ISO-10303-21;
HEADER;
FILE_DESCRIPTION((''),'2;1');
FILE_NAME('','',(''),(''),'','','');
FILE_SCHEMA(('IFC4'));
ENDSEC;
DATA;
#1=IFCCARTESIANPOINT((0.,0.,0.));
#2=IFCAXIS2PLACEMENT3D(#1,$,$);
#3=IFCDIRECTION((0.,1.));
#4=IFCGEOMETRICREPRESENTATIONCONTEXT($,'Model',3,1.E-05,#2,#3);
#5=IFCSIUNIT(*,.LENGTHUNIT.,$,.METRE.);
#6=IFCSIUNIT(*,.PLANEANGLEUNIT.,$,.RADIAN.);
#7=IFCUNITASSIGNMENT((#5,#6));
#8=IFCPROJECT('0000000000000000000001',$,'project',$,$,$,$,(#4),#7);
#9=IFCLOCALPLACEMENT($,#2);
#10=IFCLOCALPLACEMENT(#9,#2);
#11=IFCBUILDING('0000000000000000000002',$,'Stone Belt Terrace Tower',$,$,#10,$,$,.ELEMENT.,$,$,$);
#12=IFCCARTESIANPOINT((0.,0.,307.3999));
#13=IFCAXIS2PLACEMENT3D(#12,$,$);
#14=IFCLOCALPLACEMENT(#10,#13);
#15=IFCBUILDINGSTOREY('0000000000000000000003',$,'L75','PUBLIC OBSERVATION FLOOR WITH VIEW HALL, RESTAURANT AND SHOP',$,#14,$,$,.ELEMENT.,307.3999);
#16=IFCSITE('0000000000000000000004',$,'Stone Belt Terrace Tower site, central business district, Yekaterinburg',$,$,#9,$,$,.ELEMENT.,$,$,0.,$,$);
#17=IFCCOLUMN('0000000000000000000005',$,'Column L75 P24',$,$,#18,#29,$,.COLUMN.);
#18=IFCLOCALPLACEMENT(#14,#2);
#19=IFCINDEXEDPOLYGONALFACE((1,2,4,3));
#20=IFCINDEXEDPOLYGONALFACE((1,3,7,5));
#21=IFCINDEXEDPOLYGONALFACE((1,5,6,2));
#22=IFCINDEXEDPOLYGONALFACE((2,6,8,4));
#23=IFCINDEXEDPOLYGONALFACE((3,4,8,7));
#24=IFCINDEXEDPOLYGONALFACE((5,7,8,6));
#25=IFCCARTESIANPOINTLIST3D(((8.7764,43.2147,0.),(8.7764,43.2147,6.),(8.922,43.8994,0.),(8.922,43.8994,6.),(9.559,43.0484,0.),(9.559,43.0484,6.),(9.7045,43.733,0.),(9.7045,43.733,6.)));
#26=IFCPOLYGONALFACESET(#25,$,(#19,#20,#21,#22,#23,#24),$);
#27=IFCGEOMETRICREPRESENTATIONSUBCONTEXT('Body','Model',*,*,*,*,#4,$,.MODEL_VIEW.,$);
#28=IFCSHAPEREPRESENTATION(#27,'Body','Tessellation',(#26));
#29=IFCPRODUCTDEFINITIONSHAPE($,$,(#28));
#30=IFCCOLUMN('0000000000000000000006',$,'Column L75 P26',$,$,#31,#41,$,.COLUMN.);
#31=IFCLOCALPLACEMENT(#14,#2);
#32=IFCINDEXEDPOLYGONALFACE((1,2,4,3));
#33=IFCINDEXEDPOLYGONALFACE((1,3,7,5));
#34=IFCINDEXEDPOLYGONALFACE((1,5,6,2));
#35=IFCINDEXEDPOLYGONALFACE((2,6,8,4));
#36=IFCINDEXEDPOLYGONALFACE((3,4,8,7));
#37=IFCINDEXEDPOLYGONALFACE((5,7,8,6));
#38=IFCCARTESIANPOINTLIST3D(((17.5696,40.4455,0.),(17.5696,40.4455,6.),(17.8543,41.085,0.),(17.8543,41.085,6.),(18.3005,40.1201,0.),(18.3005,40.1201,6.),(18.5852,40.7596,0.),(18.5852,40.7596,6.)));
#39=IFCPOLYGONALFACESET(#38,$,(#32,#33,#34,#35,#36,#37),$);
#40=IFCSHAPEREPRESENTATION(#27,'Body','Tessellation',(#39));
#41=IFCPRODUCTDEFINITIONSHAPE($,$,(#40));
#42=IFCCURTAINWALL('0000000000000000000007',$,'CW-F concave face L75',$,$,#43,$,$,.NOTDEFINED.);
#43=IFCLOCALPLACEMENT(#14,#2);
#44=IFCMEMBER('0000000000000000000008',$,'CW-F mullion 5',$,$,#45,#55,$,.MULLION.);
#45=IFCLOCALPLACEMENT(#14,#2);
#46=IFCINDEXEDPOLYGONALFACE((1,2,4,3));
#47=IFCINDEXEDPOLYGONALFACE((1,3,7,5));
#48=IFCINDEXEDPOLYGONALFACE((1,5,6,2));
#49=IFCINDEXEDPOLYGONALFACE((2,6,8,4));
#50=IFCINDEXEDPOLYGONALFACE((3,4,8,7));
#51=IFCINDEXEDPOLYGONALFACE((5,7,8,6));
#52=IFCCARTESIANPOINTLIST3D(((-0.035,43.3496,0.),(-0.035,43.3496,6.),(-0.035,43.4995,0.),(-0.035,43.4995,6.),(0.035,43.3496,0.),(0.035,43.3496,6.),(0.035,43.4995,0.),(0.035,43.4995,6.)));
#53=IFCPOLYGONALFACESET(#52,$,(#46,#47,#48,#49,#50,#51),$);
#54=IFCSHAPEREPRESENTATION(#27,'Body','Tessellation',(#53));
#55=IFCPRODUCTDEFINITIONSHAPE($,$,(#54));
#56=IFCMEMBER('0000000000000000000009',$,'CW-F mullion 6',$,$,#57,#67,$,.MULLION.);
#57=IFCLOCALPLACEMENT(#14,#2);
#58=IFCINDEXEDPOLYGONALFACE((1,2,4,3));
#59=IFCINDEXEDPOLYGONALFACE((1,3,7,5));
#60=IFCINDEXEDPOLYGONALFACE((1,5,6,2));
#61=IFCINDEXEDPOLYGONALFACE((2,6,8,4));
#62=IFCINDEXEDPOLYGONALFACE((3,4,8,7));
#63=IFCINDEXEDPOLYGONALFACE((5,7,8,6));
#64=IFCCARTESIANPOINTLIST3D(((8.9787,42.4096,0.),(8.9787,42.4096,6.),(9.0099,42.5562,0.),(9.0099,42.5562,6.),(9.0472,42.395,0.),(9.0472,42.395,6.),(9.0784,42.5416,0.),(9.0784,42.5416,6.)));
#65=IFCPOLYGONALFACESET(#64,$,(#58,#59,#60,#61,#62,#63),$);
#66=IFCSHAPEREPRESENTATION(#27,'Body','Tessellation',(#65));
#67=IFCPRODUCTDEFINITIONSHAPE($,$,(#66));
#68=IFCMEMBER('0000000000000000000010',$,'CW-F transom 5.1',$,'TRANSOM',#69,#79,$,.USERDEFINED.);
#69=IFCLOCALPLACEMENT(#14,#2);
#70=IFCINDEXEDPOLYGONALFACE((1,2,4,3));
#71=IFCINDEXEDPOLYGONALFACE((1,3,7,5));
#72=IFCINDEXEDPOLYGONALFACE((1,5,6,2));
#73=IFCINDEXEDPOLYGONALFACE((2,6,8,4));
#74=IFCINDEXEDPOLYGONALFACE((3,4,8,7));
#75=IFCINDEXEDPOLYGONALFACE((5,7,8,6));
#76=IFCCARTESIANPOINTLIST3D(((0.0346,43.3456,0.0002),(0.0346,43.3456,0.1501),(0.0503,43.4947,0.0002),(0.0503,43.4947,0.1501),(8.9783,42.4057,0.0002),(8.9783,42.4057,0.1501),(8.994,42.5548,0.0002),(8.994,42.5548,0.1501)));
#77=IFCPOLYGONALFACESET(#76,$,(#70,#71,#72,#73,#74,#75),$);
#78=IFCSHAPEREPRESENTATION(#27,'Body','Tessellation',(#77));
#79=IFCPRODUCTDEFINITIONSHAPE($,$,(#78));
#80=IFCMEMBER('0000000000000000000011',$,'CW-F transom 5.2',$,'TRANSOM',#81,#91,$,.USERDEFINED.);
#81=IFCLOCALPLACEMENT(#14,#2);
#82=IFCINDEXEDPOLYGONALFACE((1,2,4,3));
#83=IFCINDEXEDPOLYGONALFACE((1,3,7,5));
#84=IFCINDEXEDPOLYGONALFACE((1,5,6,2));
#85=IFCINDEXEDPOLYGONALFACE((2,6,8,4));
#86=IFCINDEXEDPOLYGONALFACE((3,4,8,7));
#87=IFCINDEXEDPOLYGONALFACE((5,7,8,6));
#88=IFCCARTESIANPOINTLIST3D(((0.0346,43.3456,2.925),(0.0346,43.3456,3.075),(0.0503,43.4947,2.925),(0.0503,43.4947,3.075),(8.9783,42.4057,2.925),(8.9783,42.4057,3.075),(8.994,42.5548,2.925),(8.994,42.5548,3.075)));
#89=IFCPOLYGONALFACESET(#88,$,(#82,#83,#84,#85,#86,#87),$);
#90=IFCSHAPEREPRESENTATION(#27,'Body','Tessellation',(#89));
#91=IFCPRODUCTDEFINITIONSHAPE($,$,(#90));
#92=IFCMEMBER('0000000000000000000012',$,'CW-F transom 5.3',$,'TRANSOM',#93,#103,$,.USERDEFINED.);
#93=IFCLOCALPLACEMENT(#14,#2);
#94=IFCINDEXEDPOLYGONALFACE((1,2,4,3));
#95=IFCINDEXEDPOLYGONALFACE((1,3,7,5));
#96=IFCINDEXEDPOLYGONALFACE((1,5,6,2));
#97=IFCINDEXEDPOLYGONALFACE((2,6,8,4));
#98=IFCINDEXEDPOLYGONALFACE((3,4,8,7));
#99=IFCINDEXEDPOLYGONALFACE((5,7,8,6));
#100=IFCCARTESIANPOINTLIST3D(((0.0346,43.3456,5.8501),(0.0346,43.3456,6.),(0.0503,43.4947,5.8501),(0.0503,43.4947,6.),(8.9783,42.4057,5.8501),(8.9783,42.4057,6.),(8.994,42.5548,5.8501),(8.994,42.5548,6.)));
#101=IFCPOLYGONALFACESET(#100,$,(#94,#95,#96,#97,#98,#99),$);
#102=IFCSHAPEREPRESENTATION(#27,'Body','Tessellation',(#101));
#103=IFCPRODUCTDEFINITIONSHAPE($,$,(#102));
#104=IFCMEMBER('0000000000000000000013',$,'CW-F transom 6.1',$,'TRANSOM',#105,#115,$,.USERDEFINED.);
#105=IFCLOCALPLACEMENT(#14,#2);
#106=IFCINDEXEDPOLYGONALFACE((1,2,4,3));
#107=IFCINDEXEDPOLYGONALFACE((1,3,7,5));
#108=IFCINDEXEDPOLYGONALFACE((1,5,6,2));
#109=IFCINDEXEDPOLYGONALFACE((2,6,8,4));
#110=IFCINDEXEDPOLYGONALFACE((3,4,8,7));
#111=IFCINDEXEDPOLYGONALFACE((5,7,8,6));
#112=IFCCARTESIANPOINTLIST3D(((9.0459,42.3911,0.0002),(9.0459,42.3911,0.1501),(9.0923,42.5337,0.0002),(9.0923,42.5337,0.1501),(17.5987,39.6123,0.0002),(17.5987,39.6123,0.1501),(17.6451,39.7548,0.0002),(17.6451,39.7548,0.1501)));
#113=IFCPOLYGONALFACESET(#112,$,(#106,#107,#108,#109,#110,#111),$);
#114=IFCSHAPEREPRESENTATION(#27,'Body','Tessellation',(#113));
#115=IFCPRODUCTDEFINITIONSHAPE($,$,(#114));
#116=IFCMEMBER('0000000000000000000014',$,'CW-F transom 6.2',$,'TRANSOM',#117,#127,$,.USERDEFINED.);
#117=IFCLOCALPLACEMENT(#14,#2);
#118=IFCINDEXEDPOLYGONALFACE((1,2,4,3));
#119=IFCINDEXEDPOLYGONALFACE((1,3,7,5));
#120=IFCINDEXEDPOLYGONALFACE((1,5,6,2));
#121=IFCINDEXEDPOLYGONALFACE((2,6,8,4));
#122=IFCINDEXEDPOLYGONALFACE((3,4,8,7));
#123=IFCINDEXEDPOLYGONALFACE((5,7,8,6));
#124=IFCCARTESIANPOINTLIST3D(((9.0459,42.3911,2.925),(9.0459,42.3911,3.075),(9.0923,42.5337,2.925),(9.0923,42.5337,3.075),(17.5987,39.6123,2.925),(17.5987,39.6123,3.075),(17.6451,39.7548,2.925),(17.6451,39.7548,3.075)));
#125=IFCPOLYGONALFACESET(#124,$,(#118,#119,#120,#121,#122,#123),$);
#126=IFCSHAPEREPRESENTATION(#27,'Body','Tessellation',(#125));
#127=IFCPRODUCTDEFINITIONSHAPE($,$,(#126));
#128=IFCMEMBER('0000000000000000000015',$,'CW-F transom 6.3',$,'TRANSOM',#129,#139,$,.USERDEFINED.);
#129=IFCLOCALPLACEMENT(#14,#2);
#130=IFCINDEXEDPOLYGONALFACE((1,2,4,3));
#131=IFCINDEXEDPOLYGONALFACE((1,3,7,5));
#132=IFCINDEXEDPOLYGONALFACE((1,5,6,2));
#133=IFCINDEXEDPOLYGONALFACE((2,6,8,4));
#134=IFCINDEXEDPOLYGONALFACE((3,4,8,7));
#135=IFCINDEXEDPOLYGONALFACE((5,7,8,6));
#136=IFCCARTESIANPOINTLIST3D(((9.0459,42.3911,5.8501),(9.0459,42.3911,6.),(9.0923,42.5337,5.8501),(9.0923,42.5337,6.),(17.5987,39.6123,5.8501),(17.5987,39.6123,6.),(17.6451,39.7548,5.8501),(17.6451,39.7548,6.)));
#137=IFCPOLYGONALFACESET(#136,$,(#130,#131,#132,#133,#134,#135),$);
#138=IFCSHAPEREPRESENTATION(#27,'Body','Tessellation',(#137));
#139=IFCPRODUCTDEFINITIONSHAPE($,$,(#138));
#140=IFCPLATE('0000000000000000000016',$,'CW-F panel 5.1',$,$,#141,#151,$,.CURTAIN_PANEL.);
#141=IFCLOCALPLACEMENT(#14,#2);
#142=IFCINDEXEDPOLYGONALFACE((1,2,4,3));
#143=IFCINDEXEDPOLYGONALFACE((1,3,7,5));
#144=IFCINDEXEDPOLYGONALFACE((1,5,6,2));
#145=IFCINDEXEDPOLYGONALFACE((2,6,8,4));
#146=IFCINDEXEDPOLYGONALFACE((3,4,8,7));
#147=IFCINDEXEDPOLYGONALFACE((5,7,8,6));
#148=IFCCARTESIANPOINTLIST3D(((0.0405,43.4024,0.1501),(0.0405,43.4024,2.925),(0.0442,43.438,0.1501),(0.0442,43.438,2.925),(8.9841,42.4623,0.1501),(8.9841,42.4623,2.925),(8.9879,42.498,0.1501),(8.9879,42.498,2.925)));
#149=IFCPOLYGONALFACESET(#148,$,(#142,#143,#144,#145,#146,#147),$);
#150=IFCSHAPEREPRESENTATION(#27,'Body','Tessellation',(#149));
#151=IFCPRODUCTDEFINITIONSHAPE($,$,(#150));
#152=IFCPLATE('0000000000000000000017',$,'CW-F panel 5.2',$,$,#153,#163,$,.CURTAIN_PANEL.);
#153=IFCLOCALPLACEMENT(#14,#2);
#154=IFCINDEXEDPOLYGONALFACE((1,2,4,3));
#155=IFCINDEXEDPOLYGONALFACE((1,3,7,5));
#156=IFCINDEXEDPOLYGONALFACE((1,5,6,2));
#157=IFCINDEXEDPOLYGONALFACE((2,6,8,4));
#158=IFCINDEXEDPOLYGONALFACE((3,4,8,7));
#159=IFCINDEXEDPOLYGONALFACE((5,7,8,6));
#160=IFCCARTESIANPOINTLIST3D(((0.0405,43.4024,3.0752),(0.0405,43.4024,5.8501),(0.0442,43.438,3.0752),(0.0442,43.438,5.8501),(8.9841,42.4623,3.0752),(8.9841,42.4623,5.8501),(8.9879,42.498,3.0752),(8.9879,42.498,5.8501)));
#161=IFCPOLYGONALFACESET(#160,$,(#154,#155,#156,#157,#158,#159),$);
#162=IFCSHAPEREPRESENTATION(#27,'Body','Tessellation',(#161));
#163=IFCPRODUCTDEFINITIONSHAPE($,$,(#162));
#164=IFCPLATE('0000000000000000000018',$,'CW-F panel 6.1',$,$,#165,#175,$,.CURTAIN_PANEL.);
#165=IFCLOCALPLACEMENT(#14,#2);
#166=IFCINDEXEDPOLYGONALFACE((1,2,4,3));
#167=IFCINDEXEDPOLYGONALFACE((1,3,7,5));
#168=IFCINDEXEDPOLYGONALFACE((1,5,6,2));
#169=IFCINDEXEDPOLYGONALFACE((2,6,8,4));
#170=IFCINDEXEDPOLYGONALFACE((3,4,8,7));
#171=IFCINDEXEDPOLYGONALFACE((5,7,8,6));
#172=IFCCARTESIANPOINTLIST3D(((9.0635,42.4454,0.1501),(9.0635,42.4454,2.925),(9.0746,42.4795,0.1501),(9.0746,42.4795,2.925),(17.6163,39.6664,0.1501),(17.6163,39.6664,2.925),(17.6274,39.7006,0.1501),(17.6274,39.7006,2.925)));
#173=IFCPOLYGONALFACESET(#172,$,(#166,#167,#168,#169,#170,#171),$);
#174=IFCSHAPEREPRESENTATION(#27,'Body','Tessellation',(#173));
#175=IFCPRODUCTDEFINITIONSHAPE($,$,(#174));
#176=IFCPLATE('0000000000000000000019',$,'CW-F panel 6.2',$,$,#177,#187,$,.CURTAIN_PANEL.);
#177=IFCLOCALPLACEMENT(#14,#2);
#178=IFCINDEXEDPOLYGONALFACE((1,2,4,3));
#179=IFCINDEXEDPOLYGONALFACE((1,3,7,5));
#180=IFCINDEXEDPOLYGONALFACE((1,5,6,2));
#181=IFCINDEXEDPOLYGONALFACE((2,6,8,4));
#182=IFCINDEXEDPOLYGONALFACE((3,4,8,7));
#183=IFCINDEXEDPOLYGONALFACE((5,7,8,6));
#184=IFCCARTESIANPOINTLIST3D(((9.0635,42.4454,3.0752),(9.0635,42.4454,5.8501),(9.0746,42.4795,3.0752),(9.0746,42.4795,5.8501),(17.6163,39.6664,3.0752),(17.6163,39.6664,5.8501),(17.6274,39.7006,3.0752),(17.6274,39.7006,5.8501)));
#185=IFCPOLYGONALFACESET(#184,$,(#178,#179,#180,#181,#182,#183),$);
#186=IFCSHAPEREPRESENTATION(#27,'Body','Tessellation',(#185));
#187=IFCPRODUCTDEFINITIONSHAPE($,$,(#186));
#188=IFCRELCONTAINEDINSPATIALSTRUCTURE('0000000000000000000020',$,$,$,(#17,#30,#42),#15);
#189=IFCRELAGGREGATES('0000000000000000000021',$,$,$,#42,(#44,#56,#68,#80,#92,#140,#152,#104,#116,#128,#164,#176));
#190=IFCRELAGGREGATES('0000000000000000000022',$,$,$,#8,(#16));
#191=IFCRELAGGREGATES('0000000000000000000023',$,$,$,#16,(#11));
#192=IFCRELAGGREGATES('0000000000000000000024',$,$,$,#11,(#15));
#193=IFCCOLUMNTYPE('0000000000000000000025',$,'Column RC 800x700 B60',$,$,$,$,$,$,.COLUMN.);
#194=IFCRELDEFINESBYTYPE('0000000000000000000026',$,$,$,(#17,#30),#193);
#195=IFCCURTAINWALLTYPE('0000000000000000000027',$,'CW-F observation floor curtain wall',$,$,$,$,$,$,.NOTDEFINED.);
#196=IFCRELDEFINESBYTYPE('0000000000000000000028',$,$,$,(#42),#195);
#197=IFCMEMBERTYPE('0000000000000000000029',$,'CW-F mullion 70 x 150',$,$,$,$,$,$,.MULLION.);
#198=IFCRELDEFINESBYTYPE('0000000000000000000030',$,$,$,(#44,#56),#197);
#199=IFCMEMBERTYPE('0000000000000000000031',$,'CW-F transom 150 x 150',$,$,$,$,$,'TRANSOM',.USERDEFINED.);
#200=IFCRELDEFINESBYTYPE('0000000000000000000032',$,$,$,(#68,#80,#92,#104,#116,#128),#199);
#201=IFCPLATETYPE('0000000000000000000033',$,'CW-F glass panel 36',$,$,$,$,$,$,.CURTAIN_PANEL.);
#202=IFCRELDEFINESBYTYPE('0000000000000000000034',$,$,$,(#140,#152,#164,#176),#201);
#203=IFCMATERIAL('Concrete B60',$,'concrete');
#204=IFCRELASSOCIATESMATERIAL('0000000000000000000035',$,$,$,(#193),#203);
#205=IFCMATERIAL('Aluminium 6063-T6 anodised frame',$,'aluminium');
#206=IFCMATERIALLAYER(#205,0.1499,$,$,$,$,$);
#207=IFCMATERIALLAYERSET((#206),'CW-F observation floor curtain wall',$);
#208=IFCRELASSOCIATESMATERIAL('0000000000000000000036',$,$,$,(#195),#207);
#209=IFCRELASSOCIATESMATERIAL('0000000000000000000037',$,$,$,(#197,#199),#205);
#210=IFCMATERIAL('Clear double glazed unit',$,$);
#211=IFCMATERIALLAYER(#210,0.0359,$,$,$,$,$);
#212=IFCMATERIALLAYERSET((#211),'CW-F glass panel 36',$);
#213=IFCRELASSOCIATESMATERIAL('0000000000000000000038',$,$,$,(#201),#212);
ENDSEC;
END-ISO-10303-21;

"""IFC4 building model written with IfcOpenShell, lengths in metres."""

from ifc_helpers import new_model, si_unit, direction, frame, origin, origin_2d, place, context, subcontext, project, spatial, rectangle, extrude, material, layer, layer_set, material_profile, profile_set, type_object, element, aggregate, save


model = new_model("IFC4")

# Units and contexts
model_context = context("Model", 3, precision=1e-05, world=origin(), true_north=direction((0.0, 1.0)))
body_context = subcontext(model_context, "Body", "Model", "MODEL_VIEW")
ifc_project = project(units=[si_unit("LENGTHUNIT", "METRE"), si_unit("PLANEANGLEUNIT", "RADIAN")], contexts=[model_context])

# Site, building, storey
site_placement = place(None, origin())
site = spatial("IfcSite", under=ifc_project, at=site_placement, Name="Stone Belt Terrace Tower site, central business district, Yekaterinburg", CompositionType="ELEMENT", RefElevation=0.0)
building_placement = place(site_placement, origin())
building = spatial("IfcBuilding", under=site, at=building_placement, Name="Stone Belt Terrace Tower", CompositionType="ELEMENT")
storey_placement = place(building_placement, frame((0.0, 0.0, 307.3999)))
storey = spatial("IfcBuildingStorey", under=building, at=storey_placement, Name="L75", Description="PUBLIC OBSERVATION FLOOR WITH VIEW HALL, RESTAURANT AND SHOP", CompositionType="ELEMENT", Elevation=307.3999)

# Columns
ifc_material_1 = material(Name="Concrete B60", Category="concrete")
ifc_material_profile_1 = material_profile(ifc_material_1, rectangle(XDim=0.8, YDim=0.7, at=origin_2d()), Name="RC 800x700")
ifc_profile_set_1 = profile_set([ifc_material_profile_1], Name="Concrete B60")
column_type = type_object("IfcColumnType", Name="Column RC 800x700 B60", PredefinedType="COLUMN", material=ifc_profile_set_1)
for number, where, z_axis, x_axis, name in (
    (1, (9.2405, 43.4739, 0.0), (0.0, 0.0, 1.0), (0.978148, -0.207912, 0.0), "Column L75 P24"),
    (2, (18.0774, 40.6025, 0.0), (0.0, 0.0, 1.0), (0.913545, -0.406737, 0.0), "Column L75 P26"),
):
    element("IfcColumn", number, at=place(storey_placement, frame(where, z_axis=z_axis, x_axis=x_axis)), inside=storey, type_object=column_type, Name=name, PredefinedType="COLUMN", context=body_context, shape_type="SweptSolid", body=[
        extrude(rectangle(XDim=0.8, YDim=0.7, at=origin_2d()), origin(), (0.0, 0.0, 1.0), 6.0),
    ])

# Curtain wall, members, plates
ifc_material_2 = material(Name="Aluminium 6063-T6 anodised frame", Category="aluminium")
ifc_layer_1 = layer(ifc_material_2, 0.1499)
ifc_layer_set_1 = layer_set([ifc_layer_1], Name="CW-F observation floor curtain wall")
curtain_wall_type = type_object("IfcCurtainWallType", Name="CW-F observation floor curtain wall", PredefinedType="NOTDEFINED", material=ifc_layer_set_1)
curtain_wall_placement = place(storey_placement, origin())
curtain_wall = element("IfcCurtainWall", 3, at=curtain_wall_placement, inside=storey, type_object=curtain_wall_type, Name="CW-F concave face L75", PredefinedType="NOTDEFINED")
ifc_material_profile_2 = material_profile(ifc_material_2, rectangle(XDim=0.1499, YDim=0.0701, at=origin_2d()), Name="Aluminium 6063-T6 70x150")
ifc_profile_set_2 = profile_set([ifc_material_profile_2], Name="Aluminium 6063-T6 anodised frame")
member_type_1 = type_object("IfcMemberType", Name="CW-F mullion 70 x 150", PredefinedType="MULLION", material=ifc_profile_set_2)
member_1_placement = place(storey_placement, frame((0.0, 43.4246, 0.0), z_axis=(0.0, 0.0, 1.0), x_axis=(0.0, 1.0, 0.0)))
member_1 = element("IfcMember", 4, at=member_1_placement, type_object=member_type_1, Name="CW-F mullion 5", PredefinedType="MULLION", context=body_context, shape_type="SweptSolid", body=[
    extrude(rectangle(XDim=0.1499, YDim=0.0701, at=origin_2d()), origin(), (0.0, 0.0, 1.0), 6.0),
])
member_2_placement = place(storey_placement, frame((9.0286, 42.4756, 0.0), z_axis=(0.0, 0.0, 1.0), x_axis=(0.207912, 0.978148, 0.0)))
member_2 = element("IfcMember", 5, at=member_2_placement, type_object=member_type_1, Name="CW-F mullion 6", PredefinedType="MULLION", context=body_context, shape_type="SweptSolid", body=[
    extrude(rectangle(XDim=0.1499, YDim=0.0701, at=origin_2d()), origin(), (0.0, 0.0, 1.0), 6.0),
])
ifc_material_profile_3 = material_profile(ifc_material_2, rectangle(XDim=0.1499, YDim=0.1499, at=origin_2d()), Name="Aluminium 6063-T6 150x150")
ifc_profile_set_3 = profile_set([ifc_material_profile_3], Name="Aluminium 6063-T6 anodised frame")
member_type_2 = type_object("IfcMemberType", Name="CW-F transom 150 x 150", ElementType="TRANSOM", PredefinedType="USERDEFINED", material=ifc_profile_set_3)
member_3_placement = place(storey_placement, frame((0.0425, 43.4202, 0.0752), z_axis=(0.994523, -0.104521, 0.0), x_axis=(0.104521, 0.994523, 0.0)))
member_3 = element("IfcMember", 6, at=member_3_placement, type_object=member_type_2, Name="CW-F transom 5.1", ObjectType="TRANSOM", PredefinedType="USERDEFINED", context=body_context, shape_type="SweptSolid", body=[
    extrude(rectangle(XDim=0.1499, YDim=0.1499, at=origin_2d()), origin(), (0.0, 0.0, 1.0), 8.9929),
])
member_4_placement = place(storey_placement, frame((0.0425, 43.4202, 3.0), z_axis=(0.994523, -0.104521, 0.0), x_axis=(0.104521, 0.994523, 0.0)))
member_4 = element("IfcMember", 7, at=member_4_placement, type_object=member_type_2, Name="CW-F transom 5.2", ObjectType="TRANSOM", PredefinedType="USERDEFINED", context=body_context, shape_type="SweptSolid", body=[
    extrude(rectangle(XDim=0.1499, YDim=0.1499, at=origin_2d()), origin(), (0.0, 0.0, 1.0), 8.9929),
])
member_5_placement = place(storey_placement, frame((0.0425, 43.4202, 5.925), z_axis=(0.994523, -0.104521, 0.0), x_axis=(0.104521, 0.994523, 0.0)))
member_5 = element("IfcMember", 8, at=member_5_placement, type_object=member_type_2, Name="CW-F transom 5.3", ObjectType="TRANSOM", PredefinedType="USERDEFINED", context=body_context, shape_type="SweptSolid", body=[
    extrude(rectangle(XDim=0.1499, YDim=0.1499, at=origin_2d()), origin(), (0.0, 0.0, 1.0), 8.9929),
])
member_6_placement = place(storey_placement, frame((9.0691, 42.4624, 0.0752), z_axis=(0.951061, -0.309003, 0.0), x_axis=(0.309003, 0.951061, 0.0)))
member_6 = element("IfcMember", 9, at=member_6_placement, type_object=member_type_2, Name="CW-F transom 6.1", ObjectType="TRANSOM", PredefinedType="USERDEFINED", context=body_context, shape_type="SweptSolid", body=[
    extrude(rectangle(XDim=0.1499, YDim=0.1499, at=origin_2d()), origin(), (0.0, 0.0, 1.0), 8.9929),
])
member_7_placement = place(storey_placement, frame((9.0691, 42.4624, 3.0), z_axis=(0.951061, -0.309003, 0.0), x_axis=(0.309003, 0.951061, 0.0)))
member_7 = element("IfcMember", 10, at=member_7_placement, type_object=member_type_2, Name="CW-F transom 6.2", ObjectType="TRANSOM", PredefinedType="USERDEFINED", context=body_context, shape_type="SweptSolid", body=[
    extrude(rectangle(XDim=0.1499, YDim=0.1499, at=origin_2d()), origin(), (0.0, 0.0, 1.0), 8.9929),
])
member_8_placement = place(storey_placement, frame((9.0691, 42.4624, 5.925), z_axis=(0.951061, -0.309003, 0.0), x_axis=(0.309003, 0.951061, 0.0)))
member_8 = element("IfcMember", 11, at=member_8_placement, type_object=member_type_2, Name="CW-F transom 6.3", ObjectType="TRANSOM", PredefinedType="USERDEFINED", context=body_context, shape_type="SweptSolid", body=[
    extrude(rectangle(XDim=0.1499, YDim=0.1499, at=origin_2d()), origin(), (0.0, 0.0, 1.0), 8.9929),
])
ifc_material_3 = material(Name="Clear double glazed unit")
ifc_layer_2 = layer(ifc_material_3, 0.0359)
ifc_layer_set_2 = layer_set([ifc_layer_2], Name="CW-F glass panel 36")
plate_type = type_object("IfcPlateType", Name="CW-F glass panel 36", PredefinedType="CURTAIN_PANEL", material=ifc_layer_set_2)
plate_1_placement = place(storey_placement, frame((4.5142, 42.9502, 0.1501), z_axis=(0.0, 0.0, 1.0), x_axis=(0.994522, -0.104528, 0.0)))
plate_1 = element("IfcPlate", 12, at=plate_1_placement, type_object=plate_type, Name="CW-F panel 5.1", PredefinedType="CURTAIN_PANEL", context=body_context, shape_type="SweptSolid", body=[
    extrude(rectangle(XDim=8.9929, YDim=0.0359, at=origin_2d()), origin(), (0.0, 0.0, 1.0), 2.7749),
])
plate_2_placement = place(storey_placement, frame((4.5142, 42.9502, 3.0752), z_axis=(0.0, 0.0, 1.0), x_axis=(0.994522, -0.104528, 0.0)))
plate_2 = element("IfcPlate", 13, at=plate_2_placement, type_object=plate_type, Name="CW-F panel 5.2", PredefinedType="CURTAIN_PANEL", context=body_context, shape_type="SweptSolid", body=[
    extrude(rectangle(XDim=8.9929, YDim=0.0359, at=origin_2d()), origin(), (0.0, 0.0, 1.0), 2.7749),
])
plate_3_placement = place(storey_placement, frame((13.3455, 41.073, 0.1501), z_axis=(0.0, 0.0, 1.0), x_axis=(0.951057, -0.309017, 0.0)))
plate_3 = element("IfcPlate", 14, at=plate_3_placement, type_object=plate_type, Name="CW-F panel 6.1", PredefinedType="CURTAIN_PANEL", context=body_context, shape_type="SweptSolid", body=[
    extrude(rectangle(XDim=8.9929, YDim=0.0359, at=origin_2d()), origin(), (0.0, 0.0, 1.0), 2.7749),
])
plate_4_placement = place(storey_placement, frame((13.3455, 41.073, 3.0752), z_axis=(0.0, 0.0, 1.0), x_axis=(0.951057, -0.309017, 0.0)))
plate_4 = element("IfcPlate", 15, at=plate_4_placement, type_object=plate_type, Name="CW-F panel 6.2", PredefinedType="CURTAIN_PANEL", context=body_context, shape_type="SweptSolid", body=[
    extrude(rectangle(XDim=8.9929, YDim=0.0359, at=origin_2d()), origin(), (0.0, 0.0, 1.0), 2.7749),
])
aggregate(curtain_wall, [member_1, member_2, member_3, member_4, member_5, plate_1, plate_2, member_6, member_7, member_8, plate_3, plate_4])

save(model, "model.ifc")
